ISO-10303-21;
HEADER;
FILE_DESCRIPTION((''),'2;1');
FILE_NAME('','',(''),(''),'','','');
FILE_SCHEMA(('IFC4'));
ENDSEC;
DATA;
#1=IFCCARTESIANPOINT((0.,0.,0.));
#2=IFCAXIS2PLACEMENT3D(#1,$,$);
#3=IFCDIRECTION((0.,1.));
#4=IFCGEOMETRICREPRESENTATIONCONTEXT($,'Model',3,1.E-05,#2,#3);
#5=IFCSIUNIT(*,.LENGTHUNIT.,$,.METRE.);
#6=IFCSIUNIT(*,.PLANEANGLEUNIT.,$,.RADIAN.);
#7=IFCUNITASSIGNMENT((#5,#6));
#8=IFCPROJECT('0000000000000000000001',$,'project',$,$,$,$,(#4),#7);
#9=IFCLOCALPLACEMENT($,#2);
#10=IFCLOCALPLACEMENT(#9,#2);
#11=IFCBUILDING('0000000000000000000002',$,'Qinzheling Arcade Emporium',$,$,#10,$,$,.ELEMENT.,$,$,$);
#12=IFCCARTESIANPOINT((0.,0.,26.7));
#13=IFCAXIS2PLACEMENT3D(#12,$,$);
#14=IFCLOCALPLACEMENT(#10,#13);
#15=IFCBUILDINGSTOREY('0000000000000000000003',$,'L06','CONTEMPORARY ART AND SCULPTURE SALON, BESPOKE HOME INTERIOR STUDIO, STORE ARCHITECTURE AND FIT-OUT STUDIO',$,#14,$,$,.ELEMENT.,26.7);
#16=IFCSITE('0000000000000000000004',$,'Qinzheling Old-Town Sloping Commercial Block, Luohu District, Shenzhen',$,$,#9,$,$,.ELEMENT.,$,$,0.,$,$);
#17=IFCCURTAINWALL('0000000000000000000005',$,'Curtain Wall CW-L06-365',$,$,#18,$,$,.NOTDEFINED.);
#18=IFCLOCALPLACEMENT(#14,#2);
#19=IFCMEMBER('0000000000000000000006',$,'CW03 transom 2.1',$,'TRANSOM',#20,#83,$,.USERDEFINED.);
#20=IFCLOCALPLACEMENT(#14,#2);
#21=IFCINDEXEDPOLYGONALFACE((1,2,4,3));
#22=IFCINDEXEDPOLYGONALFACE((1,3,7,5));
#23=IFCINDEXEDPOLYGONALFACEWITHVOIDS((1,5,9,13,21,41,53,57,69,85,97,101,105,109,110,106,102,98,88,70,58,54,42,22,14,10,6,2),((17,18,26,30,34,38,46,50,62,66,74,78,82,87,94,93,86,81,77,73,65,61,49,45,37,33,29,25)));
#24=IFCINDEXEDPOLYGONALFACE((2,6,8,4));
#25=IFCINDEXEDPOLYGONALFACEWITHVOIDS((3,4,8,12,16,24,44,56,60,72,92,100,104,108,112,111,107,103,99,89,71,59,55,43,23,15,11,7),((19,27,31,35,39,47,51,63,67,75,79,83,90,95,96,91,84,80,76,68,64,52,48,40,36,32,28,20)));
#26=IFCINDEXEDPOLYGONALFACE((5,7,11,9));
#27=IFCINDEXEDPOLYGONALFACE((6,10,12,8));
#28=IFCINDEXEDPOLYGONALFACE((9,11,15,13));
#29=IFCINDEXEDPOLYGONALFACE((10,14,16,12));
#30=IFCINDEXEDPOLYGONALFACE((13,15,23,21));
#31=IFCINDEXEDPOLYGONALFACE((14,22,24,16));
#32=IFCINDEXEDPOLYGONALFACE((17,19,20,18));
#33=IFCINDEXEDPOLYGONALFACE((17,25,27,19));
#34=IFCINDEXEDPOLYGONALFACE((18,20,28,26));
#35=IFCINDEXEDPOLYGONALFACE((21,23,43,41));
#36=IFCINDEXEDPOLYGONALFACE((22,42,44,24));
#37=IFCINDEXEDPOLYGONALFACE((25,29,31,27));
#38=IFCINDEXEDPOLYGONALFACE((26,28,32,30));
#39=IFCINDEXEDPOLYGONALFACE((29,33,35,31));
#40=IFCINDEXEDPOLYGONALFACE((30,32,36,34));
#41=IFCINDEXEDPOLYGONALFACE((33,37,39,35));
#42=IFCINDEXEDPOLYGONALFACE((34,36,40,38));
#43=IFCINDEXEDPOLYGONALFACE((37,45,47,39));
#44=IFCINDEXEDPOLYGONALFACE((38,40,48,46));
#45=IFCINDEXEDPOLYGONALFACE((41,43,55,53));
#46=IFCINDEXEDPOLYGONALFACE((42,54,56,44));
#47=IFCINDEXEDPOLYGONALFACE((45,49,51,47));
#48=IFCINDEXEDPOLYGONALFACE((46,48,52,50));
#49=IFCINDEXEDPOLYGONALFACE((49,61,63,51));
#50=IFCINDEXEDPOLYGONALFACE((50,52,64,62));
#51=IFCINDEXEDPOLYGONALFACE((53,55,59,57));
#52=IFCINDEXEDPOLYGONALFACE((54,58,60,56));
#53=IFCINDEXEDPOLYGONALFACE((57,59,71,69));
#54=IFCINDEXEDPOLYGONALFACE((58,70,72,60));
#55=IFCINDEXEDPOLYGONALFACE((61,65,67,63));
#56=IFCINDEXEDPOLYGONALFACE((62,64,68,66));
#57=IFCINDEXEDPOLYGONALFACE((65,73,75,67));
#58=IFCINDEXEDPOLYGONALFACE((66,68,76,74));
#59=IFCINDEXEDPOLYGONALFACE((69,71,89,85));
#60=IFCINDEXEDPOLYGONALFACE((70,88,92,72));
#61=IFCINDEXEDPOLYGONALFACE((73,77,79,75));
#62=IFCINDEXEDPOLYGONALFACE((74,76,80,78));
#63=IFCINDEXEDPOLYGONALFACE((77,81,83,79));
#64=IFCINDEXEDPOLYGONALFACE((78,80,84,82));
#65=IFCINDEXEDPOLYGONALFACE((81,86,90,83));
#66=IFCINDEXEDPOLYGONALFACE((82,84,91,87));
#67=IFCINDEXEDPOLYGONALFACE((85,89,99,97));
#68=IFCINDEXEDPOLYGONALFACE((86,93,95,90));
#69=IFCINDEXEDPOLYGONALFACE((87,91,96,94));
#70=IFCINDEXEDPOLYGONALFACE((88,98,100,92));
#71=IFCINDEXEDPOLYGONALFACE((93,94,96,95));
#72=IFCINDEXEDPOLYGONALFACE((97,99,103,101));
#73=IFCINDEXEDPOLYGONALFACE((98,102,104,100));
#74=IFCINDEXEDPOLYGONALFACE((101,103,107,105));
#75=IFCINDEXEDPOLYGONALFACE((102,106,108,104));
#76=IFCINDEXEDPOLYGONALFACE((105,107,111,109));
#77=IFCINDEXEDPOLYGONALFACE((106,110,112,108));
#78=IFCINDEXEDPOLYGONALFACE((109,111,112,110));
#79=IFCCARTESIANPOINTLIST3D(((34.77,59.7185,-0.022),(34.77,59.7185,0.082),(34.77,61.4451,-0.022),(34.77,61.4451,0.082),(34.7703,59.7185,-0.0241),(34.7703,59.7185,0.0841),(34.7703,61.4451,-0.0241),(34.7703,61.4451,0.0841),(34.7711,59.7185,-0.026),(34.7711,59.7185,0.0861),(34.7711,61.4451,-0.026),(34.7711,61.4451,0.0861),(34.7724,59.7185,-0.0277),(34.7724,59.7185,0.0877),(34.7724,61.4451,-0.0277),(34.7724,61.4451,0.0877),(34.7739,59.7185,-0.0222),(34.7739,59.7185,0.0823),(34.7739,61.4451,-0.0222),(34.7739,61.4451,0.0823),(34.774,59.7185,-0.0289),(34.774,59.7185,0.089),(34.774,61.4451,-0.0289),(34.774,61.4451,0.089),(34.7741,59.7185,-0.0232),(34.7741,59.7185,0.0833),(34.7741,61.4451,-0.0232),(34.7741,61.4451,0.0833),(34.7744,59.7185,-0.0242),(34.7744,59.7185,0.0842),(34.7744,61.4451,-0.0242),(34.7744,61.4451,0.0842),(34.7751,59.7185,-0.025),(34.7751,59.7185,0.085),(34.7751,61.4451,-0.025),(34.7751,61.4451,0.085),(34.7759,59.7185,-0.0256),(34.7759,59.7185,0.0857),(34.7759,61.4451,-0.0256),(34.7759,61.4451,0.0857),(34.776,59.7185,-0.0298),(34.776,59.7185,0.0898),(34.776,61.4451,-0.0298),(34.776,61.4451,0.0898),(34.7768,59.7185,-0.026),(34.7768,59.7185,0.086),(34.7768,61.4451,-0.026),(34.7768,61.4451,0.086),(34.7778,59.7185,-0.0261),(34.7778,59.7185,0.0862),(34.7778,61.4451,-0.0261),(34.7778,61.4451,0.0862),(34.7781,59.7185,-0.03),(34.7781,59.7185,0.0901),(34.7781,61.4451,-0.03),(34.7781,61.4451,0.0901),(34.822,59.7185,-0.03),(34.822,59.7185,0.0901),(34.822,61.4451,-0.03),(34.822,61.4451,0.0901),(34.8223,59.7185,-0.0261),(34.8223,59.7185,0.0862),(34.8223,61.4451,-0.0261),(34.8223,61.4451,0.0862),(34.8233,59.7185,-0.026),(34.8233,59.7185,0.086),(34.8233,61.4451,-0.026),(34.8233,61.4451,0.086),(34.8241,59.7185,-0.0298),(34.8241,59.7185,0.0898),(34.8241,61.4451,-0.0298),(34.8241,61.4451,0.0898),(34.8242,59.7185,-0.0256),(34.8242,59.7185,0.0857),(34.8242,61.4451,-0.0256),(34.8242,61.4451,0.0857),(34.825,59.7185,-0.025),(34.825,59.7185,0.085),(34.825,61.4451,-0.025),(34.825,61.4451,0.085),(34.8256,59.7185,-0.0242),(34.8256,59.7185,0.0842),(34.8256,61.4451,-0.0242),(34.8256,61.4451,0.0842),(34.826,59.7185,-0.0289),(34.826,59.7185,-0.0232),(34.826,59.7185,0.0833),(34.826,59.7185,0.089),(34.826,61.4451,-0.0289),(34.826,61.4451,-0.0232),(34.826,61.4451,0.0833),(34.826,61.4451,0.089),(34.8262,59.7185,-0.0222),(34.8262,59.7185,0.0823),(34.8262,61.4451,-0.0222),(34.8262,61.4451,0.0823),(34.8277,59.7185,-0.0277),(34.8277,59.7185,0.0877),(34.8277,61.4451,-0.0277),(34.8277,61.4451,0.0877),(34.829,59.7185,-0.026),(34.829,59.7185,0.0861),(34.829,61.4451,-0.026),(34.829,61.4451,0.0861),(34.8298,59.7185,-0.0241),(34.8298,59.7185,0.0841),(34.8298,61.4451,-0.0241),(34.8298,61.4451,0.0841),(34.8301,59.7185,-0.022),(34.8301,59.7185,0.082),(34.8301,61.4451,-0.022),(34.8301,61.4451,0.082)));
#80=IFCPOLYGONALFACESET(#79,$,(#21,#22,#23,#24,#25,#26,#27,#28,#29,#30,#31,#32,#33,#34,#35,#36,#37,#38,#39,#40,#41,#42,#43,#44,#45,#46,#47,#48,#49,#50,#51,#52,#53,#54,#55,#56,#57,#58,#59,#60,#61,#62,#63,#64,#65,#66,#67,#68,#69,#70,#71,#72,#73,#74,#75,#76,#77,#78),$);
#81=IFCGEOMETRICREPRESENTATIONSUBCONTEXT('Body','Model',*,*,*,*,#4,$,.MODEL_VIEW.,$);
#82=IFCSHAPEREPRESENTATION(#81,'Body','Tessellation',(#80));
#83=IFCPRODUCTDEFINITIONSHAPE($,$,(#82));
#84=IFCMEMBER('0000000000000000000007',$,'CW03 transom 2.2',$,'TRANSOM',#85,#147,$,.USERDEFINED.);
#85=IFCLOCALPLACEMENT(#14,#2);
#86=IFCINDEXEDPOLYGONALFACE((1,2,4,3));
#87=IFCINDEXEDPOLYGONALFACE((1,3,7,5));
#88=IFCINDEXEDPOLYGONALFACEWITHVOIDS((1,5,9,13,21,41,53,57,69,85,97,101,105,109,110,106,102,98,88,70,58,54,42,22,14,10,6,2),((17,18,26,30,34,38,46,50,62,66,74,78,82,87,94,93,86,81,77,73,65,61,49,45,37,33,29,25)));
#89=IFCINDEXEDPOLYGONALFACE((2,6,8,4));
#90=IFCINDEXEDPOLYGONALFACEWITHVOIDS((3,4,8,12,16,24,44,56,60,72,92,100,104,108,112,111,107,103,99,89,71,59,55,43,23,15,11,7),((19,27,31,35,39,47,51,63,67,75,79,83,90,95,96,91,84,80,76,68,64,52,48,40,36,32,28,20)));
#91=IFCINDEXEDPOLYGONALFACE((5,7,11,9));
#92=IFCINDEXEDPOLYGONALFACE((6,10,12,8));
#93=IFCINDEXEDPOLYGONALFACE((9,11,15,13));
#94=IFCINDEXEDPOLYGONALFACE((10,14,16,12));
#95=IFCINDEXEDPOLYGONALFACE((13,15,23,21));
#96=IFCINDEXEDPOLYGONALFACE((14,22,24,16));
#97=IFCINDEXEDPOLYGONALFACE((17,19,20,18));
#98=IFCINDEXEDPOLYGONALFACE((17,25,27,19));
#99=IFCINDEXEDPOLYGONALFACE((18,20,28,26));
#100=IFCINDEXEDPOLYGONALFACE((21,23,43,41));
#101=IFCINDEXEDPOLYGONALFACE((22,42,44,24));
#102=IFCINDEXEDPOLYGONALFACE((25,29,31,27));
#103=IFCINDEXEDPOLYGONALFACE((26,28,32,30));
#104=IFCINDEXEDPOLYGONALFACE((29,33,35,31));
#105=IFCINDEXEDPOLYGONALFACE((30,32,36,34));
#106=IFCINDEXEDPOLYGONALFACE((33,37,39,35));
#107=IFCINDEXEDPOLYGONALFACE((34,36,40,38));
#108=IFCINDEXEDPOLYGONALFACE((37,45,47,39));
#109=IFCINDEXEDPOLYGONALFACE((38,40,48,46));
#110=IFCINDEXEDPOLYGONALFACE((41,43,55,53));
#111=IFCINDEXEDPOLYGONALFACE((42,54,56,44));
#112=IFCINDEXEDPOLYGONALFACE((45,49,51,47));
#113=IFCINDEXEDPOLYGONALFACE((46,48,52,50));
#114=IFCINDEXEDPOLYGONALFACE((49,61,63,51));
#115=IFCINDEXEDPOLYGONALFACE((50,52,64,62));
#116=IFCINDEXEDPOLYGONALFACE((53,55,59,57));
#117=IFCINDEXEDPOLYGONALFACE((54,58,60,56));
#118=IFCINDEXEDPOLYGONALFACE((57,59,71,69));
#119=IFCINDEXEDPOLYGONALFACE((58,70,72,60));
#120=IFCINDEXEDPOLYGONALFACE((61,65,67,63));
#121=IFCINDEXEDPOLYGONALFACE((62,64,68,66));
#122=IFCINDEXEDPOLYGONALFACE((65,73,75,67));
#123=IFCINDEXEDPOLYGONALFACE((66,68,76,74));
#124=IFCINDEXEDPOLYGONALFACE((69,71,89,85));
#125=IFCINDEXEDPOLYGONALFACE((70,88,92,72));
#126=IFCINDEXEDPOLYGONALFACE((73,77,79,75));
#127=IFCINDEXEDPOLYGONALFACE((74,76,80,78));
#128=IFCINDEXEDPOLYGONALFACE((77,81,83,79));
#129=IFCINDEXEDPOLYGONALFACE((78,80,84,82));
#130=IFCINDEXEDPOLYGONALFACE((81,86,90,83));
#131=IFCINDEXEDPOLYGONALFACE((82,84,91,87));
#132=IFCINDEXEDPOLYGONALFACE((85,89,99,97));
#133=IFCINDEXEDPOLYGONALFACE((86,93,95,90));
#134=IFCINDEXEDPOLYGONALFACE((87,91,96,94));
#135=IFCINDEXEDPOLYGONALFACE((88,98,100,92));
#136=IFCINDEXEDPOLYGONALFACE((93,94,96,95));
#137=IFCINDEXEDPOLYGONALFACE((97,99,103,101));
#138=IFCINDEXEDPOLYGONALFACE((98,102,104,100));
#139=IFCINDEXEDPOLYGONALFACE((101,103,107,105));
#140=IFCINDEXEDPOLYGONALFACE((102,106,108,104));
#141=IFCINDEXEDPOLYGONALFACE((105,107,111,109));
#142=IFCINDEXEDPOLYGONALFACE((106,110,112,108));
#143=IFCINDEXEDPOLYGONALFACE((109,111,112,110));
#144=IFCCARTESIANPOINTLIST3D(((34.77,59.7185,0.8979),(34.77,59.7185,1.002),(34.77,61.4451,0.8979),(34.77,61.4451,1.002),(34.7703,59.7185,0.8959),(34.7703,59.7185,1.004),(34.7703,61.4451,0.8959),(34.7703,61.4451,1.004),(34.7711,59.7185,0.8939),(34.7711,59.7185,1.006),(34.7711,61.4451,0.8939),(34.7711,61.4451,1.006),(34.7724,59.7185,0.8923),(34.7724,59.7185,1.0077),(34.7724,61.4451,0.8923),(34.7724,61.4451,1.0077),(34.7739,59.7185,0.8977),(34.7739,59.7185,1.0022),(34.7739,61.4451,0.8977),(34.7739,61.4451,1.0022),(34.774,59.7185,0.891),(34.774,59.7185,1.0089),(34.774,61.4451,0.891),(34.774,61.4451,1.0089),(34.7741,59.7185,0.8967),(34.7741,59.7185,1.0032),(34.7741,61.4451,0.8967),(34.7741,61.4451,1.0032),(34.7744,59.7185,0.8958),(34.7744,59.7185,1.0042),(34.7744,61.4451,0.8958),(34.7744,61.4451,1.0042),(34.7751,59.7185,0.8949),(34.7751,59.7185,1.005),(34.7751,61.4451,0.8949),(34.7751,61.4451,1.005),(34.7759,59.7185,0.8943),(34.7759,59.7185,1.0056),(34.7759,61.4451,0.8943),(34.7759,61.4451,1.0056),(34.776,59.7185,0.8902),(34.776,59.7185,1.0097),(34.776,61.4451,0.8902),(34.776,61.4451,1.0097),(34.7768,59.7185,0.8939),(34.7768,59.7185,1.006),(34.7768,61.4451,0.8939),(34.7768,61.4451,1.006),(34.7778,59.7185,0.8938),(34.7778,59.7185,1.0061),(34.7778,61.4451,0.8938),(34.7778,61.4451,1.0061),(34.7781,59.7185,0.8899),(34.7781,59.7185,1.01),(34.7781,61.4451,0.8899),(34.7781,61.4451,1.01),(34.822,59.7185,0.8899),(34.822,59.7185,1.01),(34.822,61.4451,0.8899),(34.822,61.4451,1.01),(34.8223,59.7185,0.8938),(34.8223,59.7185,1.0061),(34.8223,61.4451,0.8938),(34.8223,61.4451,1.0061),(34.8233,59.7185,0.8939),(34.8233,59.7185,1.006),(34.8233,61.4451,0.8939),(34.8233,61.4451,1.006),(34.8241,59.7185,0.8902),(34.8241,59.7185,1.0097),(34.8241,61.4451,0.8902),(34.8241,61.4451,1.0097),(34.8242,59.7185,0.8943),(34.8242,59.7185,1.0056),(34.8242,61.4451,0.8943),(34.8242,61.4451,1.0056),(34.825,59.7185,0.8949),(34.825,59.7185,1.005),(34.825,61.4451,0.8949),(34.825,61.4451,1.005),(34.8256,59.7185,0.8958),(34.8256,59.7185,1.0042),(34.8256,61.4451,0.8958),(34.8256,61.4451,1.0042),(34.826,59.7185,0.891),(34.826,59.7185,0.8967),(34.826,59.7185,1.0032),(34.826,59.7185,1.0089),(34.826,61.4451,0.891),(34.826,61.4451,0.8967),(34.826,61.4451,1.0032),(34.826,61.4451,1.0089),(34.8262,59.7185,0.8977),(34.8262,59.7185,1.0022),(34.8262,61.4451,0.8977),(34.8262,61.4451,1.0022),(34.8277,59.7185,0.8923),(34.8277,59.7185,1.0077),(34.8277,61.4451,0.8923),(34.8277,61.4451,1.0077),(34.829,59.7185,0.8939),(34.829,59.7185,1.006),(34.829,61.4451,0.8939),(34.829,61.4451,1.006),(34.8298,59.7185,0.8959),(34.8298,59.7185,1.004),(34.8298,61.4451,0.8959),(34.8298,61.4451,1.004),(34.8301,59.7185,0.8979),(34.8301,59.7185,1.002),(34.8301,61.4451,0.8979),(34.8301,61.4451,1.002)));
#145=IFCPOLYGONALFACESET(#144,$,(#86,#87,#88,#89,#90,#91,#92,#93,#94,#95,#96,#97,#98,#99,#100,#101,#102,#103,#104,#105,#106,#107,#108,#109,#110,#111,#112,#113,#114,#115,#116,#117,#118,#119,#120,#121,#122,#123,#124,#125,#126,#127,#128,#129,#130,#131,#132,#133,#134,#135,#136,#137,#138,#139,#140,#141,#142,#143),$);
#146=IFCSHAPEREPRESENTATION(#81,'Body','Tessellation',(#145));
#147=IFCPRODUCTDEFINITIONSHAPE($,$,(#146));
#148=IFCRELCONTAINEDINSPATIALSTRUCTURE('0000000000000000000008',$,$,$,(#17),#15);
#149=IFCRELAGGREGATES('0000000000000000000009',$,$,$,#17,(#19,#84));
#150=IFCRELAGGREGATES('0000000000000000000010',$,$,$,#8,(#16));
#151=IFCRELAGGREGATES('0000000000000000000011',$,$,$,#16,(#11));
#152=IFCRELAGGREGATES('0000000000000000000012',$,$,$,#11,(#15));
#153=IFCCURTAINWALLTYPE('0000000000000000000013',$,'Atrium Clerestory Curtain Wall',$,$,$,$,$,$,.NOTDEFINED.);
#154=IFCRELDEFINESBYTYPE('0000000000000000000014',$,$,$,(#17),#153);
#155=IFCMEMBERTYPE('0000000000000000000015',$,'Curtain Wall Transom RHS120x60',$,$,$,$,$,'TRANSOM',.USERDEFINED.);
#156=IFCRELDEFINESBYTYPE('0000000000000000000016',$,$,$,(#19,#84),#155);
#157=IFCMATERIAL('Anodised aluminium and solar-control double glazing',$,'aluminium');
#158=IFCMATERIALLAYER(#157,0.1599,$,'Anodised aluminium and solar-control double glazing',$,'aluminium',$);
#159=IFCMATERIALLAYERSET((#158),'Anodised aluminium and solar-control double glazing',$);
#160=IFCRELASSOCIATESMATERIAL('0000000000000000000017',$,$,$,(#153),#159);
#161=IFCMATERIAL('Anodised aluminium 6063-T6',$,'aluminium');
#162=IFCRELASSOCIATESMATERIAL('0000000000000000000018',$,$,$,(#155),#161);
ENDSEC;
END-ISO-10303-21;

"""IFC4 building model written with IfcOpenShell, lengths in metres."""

from ifc_helpers import new_model, si_unit, direction, frame, origin, origin_2d, place, context, subcontext, project, spatial, hollow_rectangle, extrude, material, layer, layer_set, material_profile, profile_set, type_object, element, aggregate, save


model = new_model("IFC4")

# Units and contexts
model_context = context("Model", 3, precision=1e-05, world=origin(), true_north=direction((0.0, 1.0)))
body_context = subcontext(model_context, "Body", "Model", "MODEL_VIEW")
ifc_project = project(units=[si_unit("LENGTHUNIT", "METRE"), si_unit("PLANEANGLEUNIT", "RADIAN")], contexts=[model_context])

# Site, building, storey
site_placement = place(None, origin())
site = spatial("IfcSite", under=ifc_project, at=site_placement, Name="Qinzheling Old-Town Sloping Commercial Block, Luohu District, Shenzhen", CompositionType="ELEMENT", RefElevation=0.0)
building_placement = place(site_placement, origin())
building = spatial("IfcBuilding", under=site, at=building_placement, Name="Qinzheling Arcade Emporium", CompositionType="ELEMENT")
storey_placement = place(building_placement, frame((0.0, 0.0, 26.7)))
storey = spatial("IfcBuildingStorey", under=building, at=storey_placement, Name="L06", Description="CONTEMPORARY ART AND SCULPTURE SALON, BESPOKE HOME INTERIOR STUDIO, STORE ARCHITECTURE AND FIT-OUT STUDIO", CompositionType="ELEMENT", Elevation=26.7)

# Curtain wall
ifc_material_1 = material(Name="Anodised aluminium and solar-control double glazing", Category="aluminium")
ifc_layer_1 = layer(ifc_material_1, 0.1599, Name="Anodised aluminium and solar-control double glazing", Category="aluminium")
ifc_layer_set_1 = layer_set([ifc_layer_1], Name="Anodised aluminium and solar-control double glazing")
curtain_wall_type = type_object("IfcCurtainWallType", Name="Atrium Clerestory Curtain Wall", PredefinedType="NOTDEFINED", material=ifc_layer_set_1)
ifc_material_2 = material(Name="Anodised aluminium 6063-T6", Category="aluminium")
curtain_wall_1_placement = place(storey_placement, origin())
curtain_wall_1 = element("IfcCurtainWall", 1, at=curtain_wall_1_placement, inside=storey, type_object=curtain_wall_type, Name="Curtain Wall CW-L06-365", PredefinedType="NOTDEFINED")

# Members
ifc_material_profile_1 = material_profile(ifc_material_2, hollow_rectangle(XDim=0.0601, YDim=0.1201, WallThickness=0.0039, InnerFilletRadius=0.0039, OuterFilletRadius=0.0081, at=origin_2d()), Name="RHS 120x60x4", Category="aluminium")
ifc_profile_set_1 = profile_set([ifc_material_profile_1], Name="Anodised aluminium 6063-T6")
member_type_1 = type_object("IfcMemberType", Name="Curtain Wall Transom RHS120x60", ElementType="TRANSOM", PredefinedType="USERDEFINED", material=ifc_profile_set_1)
member_1_placement = place(storey_placement, frame((34.8, 59.7185, 0.03), z_axis=(0.0, 1.0, 0.0), x_axis=(-1.0, 0.0, 0.0)))
member_1 = element("IfcMember", 2, at=member_1_placement, type_object=member_type_1, Name="CW03 transom 2.1", ObjectType="TRANSOM", PredefinedType="USERDEFINED", context=body_context, shape_type="SweptSolid", body=[
    extrude(hollow_rectangle(XDim=0.0601, YDim=0.1201, WallThickness=0.0039, InnerFilletRadius=0.0039, OuterFilletRadius=0.0081, at=origin_2d()), origin(), (0.0, 0.0, 1.0), 1.7266),
])
member_2_placement = place(storey_placement, frame((34.8, 59.7185, 0.95), z_axis=(0.0, 1.0, 0.0), x_axis=(-1.0, 0.0, 0.0)))
member_2 = element("IfcMember", 3, at=member_2_placement, type_object=member_type_1, Name="CW03 transom 2.2", ObjectType="TRANSOM", PredefinedType="USERDEFINED", context=body_context, shape_type="SweptSolid", body=[
    extrude(hollow_rectangle(XDim=0.0601, YDim=0.1201, WallThickness=0.0039, InnerFilletRadius=0.0039, OuterFilletRadius=0.0081, at=origin_2d()), origin(), (0.0, 0.0, 1.0), 1.7266),
])

aggregate(curtain_wall_1, [member_1, member_2])

save(model, "model.ifc")
